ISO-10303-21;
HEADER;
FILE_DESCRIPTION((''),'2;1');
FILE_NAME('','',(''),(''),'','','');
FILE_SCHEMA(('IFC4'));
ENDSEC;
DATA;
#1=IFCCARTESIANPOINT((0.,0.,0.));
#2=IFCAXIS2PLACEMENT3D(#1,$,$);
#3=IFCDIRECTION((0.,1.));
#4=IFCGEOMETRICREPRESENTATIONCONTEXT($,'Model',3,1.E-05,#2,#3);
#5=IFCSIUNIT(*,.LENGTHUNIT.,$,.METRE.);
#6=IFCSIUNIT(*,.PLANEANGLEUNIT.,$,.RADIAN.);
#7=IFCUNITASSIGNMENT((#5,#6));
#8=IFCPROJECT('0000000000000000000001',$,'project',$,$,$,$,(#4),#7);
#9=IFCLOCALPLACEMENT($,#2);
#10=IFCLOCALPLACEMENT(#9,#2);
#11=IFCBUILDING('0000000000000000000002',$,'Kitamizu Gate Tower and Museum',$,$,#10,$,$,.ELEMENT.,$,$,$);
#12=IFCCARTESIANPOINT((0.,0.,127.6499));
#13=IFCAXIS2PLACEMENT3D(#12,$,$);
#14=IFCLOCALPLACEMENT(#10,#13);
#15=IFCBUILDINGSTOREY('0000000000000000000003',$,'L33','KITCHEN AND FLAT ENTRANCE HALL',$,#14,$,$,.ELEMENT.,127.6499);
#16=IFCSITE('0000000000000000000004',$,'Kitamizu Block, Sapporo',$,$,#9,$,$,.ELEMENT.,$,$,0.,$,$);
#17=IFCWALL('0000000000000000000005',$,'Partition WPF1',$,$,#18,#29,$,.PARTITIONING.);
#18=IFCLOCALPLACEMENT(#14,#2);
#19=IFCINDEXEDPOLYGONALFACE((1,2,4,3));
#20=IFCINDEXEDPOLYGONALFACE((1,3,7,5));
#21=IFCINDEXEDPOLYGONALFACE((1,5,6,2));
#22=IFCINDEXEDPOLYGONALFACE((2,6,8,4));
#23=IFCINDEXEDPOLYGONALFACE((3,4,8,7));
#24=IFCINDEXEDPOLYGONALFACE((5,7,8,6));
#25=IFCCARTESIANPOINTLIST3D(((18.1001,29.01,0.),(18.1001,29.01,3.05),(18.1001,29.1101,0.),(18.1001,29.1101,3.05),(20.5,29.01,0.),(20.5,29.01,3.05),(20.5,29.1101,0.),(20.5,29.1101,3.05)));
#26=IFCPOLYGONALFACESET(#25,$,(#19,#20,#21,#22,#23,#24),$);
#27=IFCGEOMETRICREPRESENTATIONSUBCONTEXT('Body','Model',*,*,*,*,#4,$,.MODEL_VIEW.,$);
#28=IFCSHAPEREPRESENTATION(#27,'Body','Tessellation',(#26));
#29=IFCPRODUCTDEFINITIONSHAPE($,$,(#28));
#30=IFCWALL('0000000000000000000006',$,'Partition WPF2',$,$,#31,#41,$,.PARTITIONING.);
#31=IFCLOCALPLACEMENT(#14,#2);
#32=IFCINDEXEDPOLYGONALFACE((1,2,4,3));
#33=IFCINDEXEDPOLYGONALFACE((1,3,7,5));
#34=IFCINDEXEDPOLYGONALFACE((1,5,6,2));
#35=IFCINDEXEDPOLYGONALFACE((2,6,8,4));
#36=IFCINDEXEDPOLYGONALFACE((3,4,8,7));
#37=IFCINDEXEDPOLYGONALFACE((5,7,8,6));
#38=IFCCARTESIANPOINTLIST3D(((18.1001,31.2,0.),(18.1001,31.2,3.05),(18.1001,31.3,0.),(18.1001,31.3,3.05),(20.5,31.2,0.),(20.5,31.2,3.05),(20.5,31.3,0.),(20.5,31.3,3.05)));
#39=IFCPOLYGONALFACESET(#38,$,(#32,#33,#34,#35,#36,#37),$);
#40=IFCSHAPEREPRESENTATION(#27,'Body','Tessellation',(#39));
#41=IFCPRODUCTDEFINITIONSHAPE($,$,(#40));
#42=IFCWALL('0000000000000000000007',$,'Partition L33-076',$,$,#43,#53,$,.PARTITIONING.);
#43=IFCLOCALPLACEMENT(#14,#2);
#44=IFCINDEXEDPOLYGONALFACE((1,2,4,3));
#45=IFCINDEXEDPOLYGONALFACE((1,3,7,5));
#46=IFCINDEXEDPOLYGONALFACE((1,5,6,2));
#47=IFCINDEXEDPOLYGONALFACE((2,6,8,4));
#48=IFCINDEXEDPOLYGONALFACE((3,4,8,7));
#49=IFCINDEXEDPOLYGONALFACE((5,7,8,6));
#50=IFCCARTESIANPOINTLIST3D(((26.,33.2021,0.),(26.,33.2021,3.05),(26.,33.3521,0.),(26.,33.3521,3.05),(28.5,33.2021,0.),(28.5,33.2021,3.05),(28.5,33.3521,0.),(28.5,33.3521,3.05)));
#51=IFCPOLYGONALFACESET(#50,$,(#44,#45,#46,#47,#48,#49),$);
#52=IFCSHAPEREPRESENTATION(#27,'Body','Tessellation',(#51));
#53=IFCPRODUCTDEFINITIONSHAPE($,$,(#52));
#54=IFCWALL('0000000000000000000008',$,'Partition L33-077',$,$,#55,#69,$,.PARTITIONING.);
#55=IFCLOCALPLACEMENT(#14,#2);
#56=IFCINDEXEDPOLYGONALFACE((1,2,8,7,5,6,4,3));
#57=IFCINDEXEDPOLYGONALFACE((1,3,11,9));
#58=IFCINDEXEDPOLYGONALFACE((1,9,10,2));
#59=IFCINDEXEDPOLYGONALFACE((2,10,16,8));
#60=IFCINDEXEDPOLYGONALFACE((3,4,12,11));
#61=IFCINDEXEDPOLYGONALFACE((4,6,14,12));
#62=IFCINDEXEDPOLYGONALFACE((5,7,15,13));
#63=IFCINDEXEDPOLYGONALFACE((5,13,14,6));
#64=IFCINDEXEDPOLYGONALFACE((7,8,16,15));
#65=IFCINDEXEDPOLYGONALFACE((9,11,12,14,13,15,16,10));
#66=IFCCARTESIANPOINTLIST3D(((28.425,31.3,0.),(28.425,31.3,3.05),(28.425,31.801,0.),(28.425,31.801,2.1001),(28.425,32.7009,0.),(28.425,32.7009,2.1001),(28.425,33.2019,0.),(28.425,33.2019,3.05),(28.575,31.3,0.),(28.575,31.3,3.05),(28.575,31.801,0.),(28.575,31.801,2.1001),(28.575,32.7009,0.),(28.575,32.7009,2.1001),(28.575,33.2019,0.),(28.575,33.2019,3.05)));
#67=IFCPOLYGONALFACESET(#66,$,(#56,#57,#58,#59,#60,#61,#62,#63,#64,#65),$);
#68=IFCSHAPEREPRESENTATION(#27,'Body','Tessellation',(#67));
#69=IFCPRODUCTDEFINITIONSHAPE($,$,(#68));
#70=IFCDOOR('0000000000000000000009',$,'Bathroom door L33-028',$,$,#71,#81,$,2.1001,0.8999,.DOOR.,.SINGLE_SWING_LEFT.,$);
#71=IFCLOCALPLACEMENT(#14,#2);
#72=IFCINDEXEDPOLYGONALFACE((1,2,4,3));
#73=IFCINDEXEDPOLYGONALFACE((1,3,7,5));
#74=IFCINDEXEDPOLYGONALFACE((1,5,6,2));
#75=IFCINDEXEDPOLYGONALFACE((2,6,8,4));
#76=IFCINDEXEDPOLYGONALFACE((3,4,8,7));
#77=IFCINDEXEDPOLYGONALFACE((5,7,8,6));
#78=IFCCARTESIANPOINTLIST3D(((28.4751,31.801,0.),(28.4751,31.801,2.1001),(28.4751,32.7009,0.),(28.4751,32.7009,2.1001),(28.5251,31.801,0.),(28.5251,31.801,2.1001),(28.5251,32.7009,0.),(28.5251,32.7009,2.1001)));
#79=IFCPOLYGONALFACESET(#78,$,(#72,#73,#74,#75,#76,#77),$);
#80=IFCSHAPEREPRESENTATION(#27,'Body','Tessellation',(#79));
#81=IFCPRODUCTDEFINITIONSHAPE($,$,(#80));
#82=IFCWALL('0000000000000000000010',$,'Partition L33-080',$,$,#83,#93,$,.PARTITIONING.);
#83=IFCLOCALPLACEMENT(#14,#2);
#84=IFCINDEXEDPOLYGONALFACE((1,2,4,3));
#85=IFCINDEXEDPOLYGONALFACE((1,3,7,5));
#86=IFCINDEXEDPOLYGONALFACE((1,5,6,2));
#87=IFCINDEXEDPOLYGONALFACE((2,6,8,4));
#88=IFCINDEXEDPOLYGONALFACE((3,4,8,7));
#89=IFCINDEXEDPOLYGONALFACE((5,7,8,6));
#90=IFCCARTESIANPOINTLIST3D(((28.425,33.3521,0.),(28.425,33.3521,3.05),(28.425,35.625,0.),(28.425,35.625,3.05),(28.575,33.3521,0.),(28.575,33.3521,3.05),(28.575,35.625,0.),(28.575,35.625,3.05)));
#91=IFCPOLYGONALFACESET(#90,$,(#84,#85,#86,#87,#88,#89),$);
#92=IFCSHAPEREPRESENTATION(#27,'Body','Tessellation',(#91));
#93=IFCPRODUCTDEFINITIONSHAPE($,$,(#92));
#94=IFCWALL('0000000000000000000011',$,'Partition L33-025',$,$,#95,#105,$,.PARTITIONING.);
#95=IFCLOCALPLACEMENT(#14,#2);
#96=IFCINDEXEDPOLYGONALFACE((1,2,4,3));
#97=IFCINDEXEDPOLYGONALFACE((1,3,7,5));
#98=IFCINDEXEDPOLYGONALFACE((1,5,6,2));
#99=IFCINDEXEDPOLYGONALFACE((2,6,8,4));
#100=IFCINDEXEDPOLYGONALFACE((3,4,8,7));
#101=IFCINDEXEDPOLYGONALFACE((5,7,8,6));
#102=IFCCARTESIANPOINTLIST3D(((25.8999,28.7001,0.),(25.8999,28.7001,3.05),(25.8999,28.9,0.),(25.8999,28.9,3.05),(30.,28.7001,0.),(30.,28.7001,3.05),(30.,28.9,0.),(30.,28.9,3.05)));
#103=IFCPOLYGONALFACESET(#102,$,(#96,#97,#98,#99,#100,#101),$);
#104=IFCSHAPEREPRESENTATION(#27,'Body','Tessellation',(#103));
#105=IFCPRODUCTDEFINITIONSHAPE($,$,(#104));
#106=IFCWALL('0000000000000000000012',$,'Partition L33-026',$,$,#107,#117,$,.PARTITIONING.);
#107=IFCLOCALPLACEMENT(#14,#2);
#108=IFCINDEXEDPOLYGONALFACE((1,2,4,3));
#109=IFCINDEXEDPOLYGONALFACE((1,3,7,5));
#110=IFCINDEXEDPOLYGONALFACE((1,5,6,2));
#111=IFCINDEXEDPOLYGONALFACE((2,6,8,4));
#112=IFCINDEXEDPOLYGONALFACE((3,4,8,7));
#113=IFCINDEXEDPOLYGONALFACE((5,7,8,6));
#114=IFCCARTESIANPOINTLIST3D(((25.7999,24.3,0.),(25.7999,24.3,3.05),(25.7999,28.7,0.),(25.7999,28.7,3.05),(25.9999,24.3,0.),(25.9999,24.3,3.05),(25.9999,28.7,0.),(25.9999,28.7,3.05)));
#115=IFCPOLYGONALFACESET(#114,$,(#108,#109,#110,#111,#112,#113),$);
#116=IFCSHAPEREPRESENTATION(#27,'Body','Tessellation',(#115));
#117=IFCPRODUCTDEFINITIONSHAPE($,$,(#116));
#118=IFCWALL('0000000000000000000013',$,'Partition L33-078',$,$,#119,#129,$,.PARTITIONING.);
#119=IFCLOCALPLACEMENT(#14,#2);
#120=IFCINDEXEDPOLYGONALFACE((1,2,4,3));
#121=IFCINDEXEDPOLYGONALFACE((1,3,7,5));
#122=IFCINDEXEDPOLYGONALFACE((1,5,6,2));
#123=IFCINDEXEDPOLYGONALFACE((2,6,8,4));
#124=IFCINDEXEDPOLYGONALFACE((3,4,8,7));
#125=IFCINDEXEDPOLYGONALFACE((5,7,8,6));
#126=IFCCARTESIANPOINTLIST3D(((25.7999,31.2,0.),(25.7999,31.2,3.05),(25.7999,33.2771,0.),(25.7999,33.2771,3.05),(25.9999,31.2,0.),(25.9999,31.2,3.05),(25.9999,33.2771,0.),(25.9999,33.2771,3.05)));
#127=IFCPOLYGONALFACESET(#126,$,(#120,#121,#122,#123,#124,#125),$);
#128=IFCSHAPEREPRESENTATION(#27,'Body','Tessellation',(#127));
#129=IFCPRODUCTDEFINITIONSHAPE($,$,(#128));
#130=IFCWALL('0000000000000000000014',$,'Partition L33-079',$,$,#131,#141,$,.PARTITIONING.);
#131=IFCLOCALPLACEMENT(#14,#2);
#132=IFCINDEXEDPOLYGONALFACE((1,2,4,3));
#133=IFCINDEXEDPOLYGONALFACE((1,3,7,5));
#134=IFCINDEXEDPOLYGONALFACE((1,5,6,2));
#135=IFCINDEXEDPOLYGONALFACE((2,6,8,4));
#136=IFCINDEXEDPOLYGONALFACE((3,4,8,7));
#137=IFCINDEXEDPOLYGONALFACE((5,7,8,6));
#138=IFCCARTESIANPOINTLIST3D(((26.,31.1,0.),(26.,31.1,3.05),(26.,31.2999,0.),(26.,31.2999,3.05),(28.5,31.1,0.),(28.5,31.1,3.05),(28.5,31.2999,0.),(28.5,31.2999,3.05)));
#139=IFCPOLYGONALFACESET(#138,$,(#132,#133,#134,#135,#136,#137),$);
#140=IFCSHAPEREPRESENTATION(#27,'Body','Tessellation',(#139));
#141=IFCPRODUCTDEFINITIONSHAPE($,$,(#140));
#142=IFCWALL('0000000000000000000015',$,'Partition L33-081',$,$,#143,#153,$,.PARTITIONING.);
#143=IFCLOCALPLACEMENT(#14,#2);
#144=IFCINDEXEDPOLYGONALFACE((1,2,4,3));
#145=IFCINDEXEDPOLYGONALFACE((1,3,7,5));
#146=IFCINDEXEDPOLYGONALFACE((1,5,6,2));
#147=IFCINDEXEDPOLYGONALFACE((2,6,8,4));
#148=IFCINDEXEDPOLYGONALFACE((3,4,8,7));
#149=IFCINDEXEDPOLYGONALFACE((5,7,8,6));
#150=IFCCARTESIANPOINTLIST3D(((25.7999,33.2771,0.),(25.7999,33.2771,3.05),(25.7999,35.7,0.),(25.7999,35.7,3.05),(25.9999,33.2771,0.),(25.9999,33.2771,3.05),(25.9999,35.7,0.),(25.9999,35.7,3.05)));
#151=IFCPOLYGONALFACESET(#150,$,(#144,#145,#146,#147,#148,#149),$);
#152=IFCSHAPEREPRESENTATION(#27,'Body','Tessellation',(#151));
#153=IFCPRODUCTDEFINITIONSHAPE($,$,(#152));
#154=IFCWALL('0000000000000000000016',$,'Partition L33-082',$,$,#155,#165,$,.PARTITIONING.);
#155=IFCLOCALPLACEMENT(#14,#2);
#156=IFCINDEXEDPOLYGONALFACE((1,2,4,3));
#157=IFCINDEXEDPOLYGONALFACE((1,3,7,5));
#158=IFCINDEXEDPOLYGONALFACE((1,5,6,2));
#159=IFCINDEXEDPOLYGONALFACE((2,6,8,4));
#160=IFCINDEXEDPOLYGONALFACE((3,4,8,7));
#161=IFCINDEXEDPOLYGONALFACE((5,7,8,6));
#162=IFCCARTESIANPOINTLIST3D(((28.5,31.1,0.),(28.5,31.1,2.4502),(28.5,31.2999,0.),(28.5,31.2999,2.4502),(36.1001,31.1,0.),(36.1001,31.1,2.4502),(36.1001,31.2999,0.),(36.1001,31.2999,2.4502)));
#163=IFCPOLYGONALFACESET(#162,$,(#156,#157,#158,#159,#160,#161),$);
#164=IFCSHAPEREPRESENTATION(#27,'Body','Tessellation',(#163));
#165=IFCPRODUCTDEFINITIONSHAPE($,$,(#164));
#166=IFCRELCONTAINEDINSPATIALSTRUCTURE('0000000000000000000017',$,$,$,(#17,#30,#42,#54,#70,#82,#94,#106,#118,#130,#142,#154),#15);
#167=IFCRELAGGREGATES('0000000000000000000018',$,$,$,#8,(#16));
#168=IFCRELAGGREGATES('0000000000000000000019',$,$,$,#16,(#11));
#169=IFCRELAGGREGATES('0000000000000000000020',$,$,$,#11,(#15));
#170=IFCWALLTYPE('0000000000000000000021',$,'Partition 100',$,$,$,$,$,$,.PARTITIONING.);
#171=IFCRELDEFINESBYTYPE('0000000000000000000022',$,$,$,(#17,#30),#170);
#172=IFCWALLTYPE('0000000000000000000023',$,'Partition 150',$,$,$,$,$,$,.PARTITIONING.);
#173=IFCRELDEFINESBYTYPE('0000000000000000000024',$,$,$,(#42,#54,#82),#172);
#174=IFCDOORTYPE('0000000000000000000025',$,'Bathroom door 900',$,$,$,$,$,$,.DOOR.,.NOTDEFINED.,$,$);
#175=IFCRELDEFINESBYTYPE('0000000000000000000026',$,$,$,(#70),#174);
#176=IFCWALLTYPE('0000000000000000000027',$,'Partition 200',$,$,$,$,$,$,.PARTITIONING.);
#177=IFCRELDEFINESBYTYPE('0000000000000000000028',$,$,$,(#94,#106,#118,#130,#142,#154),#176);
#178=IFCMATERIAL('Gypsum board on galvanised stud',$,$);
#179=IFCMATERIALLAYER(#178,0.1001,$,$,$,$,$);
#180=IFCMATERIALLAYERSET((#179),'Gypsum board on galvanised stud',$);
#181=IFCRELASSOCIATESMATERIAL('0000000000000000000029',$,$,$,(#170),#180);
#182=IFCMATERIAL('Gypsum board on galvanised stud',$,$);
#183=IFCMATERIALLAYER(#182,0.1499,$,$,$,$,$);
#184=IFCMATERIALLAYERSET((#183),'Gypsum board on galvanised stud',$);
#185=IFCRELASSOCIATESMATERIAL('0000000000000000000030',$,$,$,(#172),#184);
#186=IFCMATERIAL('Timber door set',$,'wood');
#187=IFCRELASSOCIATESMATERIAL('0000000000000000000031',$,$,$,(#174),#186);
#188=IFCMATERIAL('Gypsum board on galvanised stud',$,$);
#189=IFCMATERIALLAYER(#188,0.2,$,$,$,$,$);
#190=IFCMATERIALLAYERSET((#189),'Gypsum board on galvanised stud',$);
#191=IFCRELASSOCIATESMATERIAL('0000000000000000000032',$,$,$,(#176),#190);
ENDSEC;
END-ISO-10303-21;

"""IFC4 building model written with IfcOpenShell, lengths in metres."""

from ifc_helpers import new_model, si_unit, direction, frame, frame_2d, origin, place, context, subcontext, project, spatial, rectangle, extrude, material, layer, layer_set, type_object, element, fill, save


model = new_model("IFC4")

# Units and contexts
model_context = context("Model", 3, precision=1e-05, world=origin(), true_north=direction((0.0, 1.0)))
body_context = subcontext(model_context, "Body", "Model", "MODEL_VIEW")
ifc_project = project(units=[si_unit("LENGTHUNIT", "METRE"), si_unit("PLANEANGLEUNIT", "RADIAN")], contexts=[model_context])

# Site, building, storey
site_placement = place(None, origin())
site = spatial("IfcSite", under=ifc_project, at=site_placement, Name="Kitamizu Block, Sapporo", CompositionType="ELEMENT", RefElevation=0.0)
building_placement = place(site_placement, origin())
building = spatial("IfcBuilding", under=site, at=building_placement, Name="Kitamizu Gate Tower and Museum", CompositionType="ELEMENT")
storey_placement = place(building_placement, frame((0.0, 0.0, 127.6499)))
storey = spatial("IfcBuildingStorey", under=building, at=storey_placement, Name="L33", Description="KITCHEN AND FLAT ENTRANCE HALL", CompositionType="ELEMENT", Elevation=127.6499)

# Walls
ifc_material_1 = material(Name="Gypsum board on galvanised stud")
ifc_layer_1 = layer(ifc_material_1, 0.1001)
ifc_layer_set_1 = layer_set([ifc_layer_1], Name="Gypsum board on galvanised stud")
wall_type_1 = type_object("IfcWallType", Name="Partition 100", PredefinedType="PARTITIONING", material=ifc_layer_set_1)
for number, where, z_axis, x_axis, name in (
    (1, (18.1001, 29.0601, 0.0), (0.0, 0.0, 1.0), (1.0, 0.0, 0.0), "Partition WPF1"),
    (2, (18.1001, 31.25, 0.0), (0.0, 0.0, 1.0), (1.0, 0.0, 0.0), "Partition WPF2"),
):
    element("IfcWall", number, at=place(storey_placement, frame(where, z_axis=z_axis, x_axis=x_axis)), inside=storey, type_object=wall_type_1, Name=name, PredefinedType="PARTITIONING", context=body_context, shape_type="SweptSolid", body=[
        extrude(rectangle(XDim=2.3999, YDim=0.1001, at=frame_2d((1.2, 0.0))), origin(), (0.0, 0.0, 1.0), 3.05),
    ])
ifc_material_2 = material(Name="Gypsum board on galvanised stud")
ifc_layer_2 = layer(ifc_material_2, 0.1499)
ifc_layer_set_2 = layer_set([ifc_layer_2], Name="Gypsum board on galvanised stud")
wall_type_2 = type_object("IfcWallType", Name="Partition 150", PredefinedType="PARTITIONING", material=ifc_layer_set_2)
wall_1_placement = place(storey_placement, frame((28.5, 33.2771, 0.0), z_axis=(0.0, 0.0, 1.0), x_axis=(-1.0, 0.0, 0.0)))
element("IfcWall", 3, at=wall_1_placement, inside=storey, type_object=wall_type_2, Name="Partition L33-076", PredefinedType="PARTITIONING", context=body_context, shape_type="SweptSolid", body=[
    extrude(rectangle(XDim=2.5, YDim=0.1499, at=frame_2d((1.25, 0.0))), origin(), (0.0, 0.0, 1.0), 3.05),
])

# Wall, opening, door
wall_2_placement = place(storey_placement, frame((28.5, 31.3, 0.0), z_axis=(0.0, 0.0, 1.0), x_axis=(0.0, 1.0, 0.0)))
wall_2 = element("IfcWall", 4, at=wall_2_placement, inside=storey, type_object=wall_type_2, Name="Partition L33-077", PredefinedType="PARTITIONING", context=body_context, shape_type="SweptSolid", body=[
    extrude(rectangle(XDim=1.9019, YDim=0.1499, at=frame_2d((0.9509, 0.0))), origin(), (0.0, 0.0, 1.0), 3.05),
])
opening_1_placement = place(wall_2_placement, frame((0.501, 0.0, 0.0)))
opening_1 = element("IfcOpeningElement", 5, at=opening_1_placement, cuts=wall_2, PredefinedType="OPENING", context=body_context, shape_type="SweptSolid", body=[
    extrude(rectangle(XDim=0.8999, YDim=2.1001, at=frame_2d((0.45, 1.05))), frame((0.0, 0.085, 0.0), z_axis=(0.0, -1.0, 0.0), x_axis=(1.0, 0.0, 0.0)), (0.0, 0.0, 1.0), 0.1699),
])
ifc_material_3 = material(Name="Timber door set", Category="wood")
door_type_1 = type_object("IfcDoorType", Name="Bathroom door 900", OperationType="NOTDEFINED", PredefinedType="DOOR", material=ifc_material_3)
door_1_placement = place(opening_1_placement, origin())
door_1 = element("IfcDoor", 6, at=door_1_placement, inside=storey, type_object=door_type_1, Name="Bathroom door L33-028", OperationType="SINGLE_SWING_LEFT", OverallHeight=2.1001, OverallWidth=0.8999, PredefinedType="DOOR", context=body_context, shape_type="SweptSolid", body=[
    extrude(rectangle(XDim=0.8999, YDim=2.1001, at=frame_2d((0.45, 1.05))), frame((0.0, 0.0249, 0.0), z_axis=(0.0, -1.0, 0.0), x_axis=(1.0, 0.0, 0.0)), (0.0, 0.0, 1.0), 0.05),
])
fill(opening_1, door_1)

# Walls
wall_3_placement = place(storey_placement, frame((28.5, 33.3521, 0.0), z_axis=(0.0, 0.0, 1.0), x_axis=(0.0, 1.0, 0.0)))
element("IfcWall", 7, at=wall_3_placement, inside=storey, type_object=wall_type_2, Name="Partition L33-080", PredefinedType="PARTITIONING", context=body_context, shape_type="SweptSolid", body=[
    extrude(rectangle(XDim=2.2729, YDim=0.1499, at=frame_2d((1.1365, 0.0))), origin(), (0.0, 0.0, 1.0), 3.05),
])
ifc_material_4 = material(Name="Gypsum board on galvanised stud")
ifc_layer_3 = layer(ifc_material_4, 0.2)
ifc_layer_set_3 = layer_set([ifc_layer_3], Name="Gypsum board on galvanised stud")
wall_type_3 = type_object("IfcWallType", Name="Partition 200", PredefinedType="PARTITIONING", material=ifc_layer_set_3)
wall_4_placement = place(storey_placement, frame((30.0, 28.8, 0.0), z_axis=(0.0, 0.0, 1.0), x_axis=(-1.0, 0.0, 0.0)))
element("IfcWall", 8, at=wall_4_placement, inside=storey, type_object=wall_type_3, Name="Partition L33-025", PredefinedType="PARTITIONING", context=body_context, shape_type="SweptSolid", body=[
    extrude(rectangle(XDim=4.1001, YDim=0.2, at=frame_2d((2.05, 0.0))), origin(), (0.0, 0.0, 1.0), 3.05),
])
wall_5_placement = place(storey_placement, frame((25.8999, 28.7, 0.0), z_axis=(0.0, 0.0, 1.0), x_axis=(0.0, -1.0, 0.0)))
element("IfcWall", 9, at=wall_5_placement, inside=storey, type_object=wall_type_3, Name="Partition L33-026", PredefinedType="PARTITIONING", context=body_context, shape_type="SweptSolid", body=[
    extrude(rectangle(XDim=4.3999, YDim=0.2, at=frame_2d((2.2, 0.0))), origin(), (0.0, 0.0, 1.0), 3.05),
])
wall_6_placement = place(storey_placement, frame((25.8999, 33.2771, 0.0), z_axis=(0.0, 0.0, 1.0), x_axis=(0.0, -1.0, 0.0)))
element("IfcWall", 10, at=wall_6_placement, inside=storey, type_object=wall_type_3, Name="Partition L33-078", PredefinedType="PARTITIONING", context=body_context, shape_type="SweptSolid", body=[
    extrude(rectangle(XDim=2.0771, YDim=0.2, at=frame_2d((1.0386, 0.0))), origin(), (0.0, 0.0, 1.0), 3.05),
])
wall_7_placement = place(storey_placement, frame((26.0, 31.2, 0.0), z_axis=(0.0, 0.0, 1.0), x_axis=(1.0, 0.0, 0.0)))
element("IfcWall", 11, at=wall_7_placement, inside=storey, type_object=wall_type_3, Name="Partition L33-079", PredefinedType="PARTITIONING", context=body_context, shape_type="SweptSolid", body=[
    extrude(rectangle(XDim=2.5, YDim=0.2, at=frame_2d((1.25, 0.0))), origin(), (0.0, 0.0, 1.0), 3.05),
])
wall_8_placement = place(storey_placement, frame((25.8999, 35.7, 0.0), z_axis=(0.0, 0.0, 1.0), x_axis=(0.0, -1.0, 0.0)))
element("IfcWall", 12, at=wall_8_placement, inside=storey, type_object=wall_type_3, Name="Partition L33-081", PredefinedType="PARTITIONING", context=body_context, shape_type="SweptSolid", body=[
    extrude(rectangle(XDim=2.4229, YDim=0.2, at=frame_2d((1.2114, 0.0))), origin(), (0.0, 0.0, 1.0), 3.05),
])
wall_9_placement = place(storey_placement, frame((28.5, 31.2, 0.0), z_axis=(0.0, 0.0, 1.0), x_axis=(1.0, 0.0, 0.0)))
element("IfcWall", 13, at=wall_9_placement, inside=storey, type_object=wall_type_3, Name="Partition L33-082", PredefinedType="PARTITIONING", context=body_context, shape_type="SweptSolid", body=[
    extrude(rectangle(XDim=7.6001, YDim=0.2, at=frame_2d((3.8, 0.0))), origin(), (0.0, 0.0, 1.0), 2.4502),
])

save(model, "model.ifc")
